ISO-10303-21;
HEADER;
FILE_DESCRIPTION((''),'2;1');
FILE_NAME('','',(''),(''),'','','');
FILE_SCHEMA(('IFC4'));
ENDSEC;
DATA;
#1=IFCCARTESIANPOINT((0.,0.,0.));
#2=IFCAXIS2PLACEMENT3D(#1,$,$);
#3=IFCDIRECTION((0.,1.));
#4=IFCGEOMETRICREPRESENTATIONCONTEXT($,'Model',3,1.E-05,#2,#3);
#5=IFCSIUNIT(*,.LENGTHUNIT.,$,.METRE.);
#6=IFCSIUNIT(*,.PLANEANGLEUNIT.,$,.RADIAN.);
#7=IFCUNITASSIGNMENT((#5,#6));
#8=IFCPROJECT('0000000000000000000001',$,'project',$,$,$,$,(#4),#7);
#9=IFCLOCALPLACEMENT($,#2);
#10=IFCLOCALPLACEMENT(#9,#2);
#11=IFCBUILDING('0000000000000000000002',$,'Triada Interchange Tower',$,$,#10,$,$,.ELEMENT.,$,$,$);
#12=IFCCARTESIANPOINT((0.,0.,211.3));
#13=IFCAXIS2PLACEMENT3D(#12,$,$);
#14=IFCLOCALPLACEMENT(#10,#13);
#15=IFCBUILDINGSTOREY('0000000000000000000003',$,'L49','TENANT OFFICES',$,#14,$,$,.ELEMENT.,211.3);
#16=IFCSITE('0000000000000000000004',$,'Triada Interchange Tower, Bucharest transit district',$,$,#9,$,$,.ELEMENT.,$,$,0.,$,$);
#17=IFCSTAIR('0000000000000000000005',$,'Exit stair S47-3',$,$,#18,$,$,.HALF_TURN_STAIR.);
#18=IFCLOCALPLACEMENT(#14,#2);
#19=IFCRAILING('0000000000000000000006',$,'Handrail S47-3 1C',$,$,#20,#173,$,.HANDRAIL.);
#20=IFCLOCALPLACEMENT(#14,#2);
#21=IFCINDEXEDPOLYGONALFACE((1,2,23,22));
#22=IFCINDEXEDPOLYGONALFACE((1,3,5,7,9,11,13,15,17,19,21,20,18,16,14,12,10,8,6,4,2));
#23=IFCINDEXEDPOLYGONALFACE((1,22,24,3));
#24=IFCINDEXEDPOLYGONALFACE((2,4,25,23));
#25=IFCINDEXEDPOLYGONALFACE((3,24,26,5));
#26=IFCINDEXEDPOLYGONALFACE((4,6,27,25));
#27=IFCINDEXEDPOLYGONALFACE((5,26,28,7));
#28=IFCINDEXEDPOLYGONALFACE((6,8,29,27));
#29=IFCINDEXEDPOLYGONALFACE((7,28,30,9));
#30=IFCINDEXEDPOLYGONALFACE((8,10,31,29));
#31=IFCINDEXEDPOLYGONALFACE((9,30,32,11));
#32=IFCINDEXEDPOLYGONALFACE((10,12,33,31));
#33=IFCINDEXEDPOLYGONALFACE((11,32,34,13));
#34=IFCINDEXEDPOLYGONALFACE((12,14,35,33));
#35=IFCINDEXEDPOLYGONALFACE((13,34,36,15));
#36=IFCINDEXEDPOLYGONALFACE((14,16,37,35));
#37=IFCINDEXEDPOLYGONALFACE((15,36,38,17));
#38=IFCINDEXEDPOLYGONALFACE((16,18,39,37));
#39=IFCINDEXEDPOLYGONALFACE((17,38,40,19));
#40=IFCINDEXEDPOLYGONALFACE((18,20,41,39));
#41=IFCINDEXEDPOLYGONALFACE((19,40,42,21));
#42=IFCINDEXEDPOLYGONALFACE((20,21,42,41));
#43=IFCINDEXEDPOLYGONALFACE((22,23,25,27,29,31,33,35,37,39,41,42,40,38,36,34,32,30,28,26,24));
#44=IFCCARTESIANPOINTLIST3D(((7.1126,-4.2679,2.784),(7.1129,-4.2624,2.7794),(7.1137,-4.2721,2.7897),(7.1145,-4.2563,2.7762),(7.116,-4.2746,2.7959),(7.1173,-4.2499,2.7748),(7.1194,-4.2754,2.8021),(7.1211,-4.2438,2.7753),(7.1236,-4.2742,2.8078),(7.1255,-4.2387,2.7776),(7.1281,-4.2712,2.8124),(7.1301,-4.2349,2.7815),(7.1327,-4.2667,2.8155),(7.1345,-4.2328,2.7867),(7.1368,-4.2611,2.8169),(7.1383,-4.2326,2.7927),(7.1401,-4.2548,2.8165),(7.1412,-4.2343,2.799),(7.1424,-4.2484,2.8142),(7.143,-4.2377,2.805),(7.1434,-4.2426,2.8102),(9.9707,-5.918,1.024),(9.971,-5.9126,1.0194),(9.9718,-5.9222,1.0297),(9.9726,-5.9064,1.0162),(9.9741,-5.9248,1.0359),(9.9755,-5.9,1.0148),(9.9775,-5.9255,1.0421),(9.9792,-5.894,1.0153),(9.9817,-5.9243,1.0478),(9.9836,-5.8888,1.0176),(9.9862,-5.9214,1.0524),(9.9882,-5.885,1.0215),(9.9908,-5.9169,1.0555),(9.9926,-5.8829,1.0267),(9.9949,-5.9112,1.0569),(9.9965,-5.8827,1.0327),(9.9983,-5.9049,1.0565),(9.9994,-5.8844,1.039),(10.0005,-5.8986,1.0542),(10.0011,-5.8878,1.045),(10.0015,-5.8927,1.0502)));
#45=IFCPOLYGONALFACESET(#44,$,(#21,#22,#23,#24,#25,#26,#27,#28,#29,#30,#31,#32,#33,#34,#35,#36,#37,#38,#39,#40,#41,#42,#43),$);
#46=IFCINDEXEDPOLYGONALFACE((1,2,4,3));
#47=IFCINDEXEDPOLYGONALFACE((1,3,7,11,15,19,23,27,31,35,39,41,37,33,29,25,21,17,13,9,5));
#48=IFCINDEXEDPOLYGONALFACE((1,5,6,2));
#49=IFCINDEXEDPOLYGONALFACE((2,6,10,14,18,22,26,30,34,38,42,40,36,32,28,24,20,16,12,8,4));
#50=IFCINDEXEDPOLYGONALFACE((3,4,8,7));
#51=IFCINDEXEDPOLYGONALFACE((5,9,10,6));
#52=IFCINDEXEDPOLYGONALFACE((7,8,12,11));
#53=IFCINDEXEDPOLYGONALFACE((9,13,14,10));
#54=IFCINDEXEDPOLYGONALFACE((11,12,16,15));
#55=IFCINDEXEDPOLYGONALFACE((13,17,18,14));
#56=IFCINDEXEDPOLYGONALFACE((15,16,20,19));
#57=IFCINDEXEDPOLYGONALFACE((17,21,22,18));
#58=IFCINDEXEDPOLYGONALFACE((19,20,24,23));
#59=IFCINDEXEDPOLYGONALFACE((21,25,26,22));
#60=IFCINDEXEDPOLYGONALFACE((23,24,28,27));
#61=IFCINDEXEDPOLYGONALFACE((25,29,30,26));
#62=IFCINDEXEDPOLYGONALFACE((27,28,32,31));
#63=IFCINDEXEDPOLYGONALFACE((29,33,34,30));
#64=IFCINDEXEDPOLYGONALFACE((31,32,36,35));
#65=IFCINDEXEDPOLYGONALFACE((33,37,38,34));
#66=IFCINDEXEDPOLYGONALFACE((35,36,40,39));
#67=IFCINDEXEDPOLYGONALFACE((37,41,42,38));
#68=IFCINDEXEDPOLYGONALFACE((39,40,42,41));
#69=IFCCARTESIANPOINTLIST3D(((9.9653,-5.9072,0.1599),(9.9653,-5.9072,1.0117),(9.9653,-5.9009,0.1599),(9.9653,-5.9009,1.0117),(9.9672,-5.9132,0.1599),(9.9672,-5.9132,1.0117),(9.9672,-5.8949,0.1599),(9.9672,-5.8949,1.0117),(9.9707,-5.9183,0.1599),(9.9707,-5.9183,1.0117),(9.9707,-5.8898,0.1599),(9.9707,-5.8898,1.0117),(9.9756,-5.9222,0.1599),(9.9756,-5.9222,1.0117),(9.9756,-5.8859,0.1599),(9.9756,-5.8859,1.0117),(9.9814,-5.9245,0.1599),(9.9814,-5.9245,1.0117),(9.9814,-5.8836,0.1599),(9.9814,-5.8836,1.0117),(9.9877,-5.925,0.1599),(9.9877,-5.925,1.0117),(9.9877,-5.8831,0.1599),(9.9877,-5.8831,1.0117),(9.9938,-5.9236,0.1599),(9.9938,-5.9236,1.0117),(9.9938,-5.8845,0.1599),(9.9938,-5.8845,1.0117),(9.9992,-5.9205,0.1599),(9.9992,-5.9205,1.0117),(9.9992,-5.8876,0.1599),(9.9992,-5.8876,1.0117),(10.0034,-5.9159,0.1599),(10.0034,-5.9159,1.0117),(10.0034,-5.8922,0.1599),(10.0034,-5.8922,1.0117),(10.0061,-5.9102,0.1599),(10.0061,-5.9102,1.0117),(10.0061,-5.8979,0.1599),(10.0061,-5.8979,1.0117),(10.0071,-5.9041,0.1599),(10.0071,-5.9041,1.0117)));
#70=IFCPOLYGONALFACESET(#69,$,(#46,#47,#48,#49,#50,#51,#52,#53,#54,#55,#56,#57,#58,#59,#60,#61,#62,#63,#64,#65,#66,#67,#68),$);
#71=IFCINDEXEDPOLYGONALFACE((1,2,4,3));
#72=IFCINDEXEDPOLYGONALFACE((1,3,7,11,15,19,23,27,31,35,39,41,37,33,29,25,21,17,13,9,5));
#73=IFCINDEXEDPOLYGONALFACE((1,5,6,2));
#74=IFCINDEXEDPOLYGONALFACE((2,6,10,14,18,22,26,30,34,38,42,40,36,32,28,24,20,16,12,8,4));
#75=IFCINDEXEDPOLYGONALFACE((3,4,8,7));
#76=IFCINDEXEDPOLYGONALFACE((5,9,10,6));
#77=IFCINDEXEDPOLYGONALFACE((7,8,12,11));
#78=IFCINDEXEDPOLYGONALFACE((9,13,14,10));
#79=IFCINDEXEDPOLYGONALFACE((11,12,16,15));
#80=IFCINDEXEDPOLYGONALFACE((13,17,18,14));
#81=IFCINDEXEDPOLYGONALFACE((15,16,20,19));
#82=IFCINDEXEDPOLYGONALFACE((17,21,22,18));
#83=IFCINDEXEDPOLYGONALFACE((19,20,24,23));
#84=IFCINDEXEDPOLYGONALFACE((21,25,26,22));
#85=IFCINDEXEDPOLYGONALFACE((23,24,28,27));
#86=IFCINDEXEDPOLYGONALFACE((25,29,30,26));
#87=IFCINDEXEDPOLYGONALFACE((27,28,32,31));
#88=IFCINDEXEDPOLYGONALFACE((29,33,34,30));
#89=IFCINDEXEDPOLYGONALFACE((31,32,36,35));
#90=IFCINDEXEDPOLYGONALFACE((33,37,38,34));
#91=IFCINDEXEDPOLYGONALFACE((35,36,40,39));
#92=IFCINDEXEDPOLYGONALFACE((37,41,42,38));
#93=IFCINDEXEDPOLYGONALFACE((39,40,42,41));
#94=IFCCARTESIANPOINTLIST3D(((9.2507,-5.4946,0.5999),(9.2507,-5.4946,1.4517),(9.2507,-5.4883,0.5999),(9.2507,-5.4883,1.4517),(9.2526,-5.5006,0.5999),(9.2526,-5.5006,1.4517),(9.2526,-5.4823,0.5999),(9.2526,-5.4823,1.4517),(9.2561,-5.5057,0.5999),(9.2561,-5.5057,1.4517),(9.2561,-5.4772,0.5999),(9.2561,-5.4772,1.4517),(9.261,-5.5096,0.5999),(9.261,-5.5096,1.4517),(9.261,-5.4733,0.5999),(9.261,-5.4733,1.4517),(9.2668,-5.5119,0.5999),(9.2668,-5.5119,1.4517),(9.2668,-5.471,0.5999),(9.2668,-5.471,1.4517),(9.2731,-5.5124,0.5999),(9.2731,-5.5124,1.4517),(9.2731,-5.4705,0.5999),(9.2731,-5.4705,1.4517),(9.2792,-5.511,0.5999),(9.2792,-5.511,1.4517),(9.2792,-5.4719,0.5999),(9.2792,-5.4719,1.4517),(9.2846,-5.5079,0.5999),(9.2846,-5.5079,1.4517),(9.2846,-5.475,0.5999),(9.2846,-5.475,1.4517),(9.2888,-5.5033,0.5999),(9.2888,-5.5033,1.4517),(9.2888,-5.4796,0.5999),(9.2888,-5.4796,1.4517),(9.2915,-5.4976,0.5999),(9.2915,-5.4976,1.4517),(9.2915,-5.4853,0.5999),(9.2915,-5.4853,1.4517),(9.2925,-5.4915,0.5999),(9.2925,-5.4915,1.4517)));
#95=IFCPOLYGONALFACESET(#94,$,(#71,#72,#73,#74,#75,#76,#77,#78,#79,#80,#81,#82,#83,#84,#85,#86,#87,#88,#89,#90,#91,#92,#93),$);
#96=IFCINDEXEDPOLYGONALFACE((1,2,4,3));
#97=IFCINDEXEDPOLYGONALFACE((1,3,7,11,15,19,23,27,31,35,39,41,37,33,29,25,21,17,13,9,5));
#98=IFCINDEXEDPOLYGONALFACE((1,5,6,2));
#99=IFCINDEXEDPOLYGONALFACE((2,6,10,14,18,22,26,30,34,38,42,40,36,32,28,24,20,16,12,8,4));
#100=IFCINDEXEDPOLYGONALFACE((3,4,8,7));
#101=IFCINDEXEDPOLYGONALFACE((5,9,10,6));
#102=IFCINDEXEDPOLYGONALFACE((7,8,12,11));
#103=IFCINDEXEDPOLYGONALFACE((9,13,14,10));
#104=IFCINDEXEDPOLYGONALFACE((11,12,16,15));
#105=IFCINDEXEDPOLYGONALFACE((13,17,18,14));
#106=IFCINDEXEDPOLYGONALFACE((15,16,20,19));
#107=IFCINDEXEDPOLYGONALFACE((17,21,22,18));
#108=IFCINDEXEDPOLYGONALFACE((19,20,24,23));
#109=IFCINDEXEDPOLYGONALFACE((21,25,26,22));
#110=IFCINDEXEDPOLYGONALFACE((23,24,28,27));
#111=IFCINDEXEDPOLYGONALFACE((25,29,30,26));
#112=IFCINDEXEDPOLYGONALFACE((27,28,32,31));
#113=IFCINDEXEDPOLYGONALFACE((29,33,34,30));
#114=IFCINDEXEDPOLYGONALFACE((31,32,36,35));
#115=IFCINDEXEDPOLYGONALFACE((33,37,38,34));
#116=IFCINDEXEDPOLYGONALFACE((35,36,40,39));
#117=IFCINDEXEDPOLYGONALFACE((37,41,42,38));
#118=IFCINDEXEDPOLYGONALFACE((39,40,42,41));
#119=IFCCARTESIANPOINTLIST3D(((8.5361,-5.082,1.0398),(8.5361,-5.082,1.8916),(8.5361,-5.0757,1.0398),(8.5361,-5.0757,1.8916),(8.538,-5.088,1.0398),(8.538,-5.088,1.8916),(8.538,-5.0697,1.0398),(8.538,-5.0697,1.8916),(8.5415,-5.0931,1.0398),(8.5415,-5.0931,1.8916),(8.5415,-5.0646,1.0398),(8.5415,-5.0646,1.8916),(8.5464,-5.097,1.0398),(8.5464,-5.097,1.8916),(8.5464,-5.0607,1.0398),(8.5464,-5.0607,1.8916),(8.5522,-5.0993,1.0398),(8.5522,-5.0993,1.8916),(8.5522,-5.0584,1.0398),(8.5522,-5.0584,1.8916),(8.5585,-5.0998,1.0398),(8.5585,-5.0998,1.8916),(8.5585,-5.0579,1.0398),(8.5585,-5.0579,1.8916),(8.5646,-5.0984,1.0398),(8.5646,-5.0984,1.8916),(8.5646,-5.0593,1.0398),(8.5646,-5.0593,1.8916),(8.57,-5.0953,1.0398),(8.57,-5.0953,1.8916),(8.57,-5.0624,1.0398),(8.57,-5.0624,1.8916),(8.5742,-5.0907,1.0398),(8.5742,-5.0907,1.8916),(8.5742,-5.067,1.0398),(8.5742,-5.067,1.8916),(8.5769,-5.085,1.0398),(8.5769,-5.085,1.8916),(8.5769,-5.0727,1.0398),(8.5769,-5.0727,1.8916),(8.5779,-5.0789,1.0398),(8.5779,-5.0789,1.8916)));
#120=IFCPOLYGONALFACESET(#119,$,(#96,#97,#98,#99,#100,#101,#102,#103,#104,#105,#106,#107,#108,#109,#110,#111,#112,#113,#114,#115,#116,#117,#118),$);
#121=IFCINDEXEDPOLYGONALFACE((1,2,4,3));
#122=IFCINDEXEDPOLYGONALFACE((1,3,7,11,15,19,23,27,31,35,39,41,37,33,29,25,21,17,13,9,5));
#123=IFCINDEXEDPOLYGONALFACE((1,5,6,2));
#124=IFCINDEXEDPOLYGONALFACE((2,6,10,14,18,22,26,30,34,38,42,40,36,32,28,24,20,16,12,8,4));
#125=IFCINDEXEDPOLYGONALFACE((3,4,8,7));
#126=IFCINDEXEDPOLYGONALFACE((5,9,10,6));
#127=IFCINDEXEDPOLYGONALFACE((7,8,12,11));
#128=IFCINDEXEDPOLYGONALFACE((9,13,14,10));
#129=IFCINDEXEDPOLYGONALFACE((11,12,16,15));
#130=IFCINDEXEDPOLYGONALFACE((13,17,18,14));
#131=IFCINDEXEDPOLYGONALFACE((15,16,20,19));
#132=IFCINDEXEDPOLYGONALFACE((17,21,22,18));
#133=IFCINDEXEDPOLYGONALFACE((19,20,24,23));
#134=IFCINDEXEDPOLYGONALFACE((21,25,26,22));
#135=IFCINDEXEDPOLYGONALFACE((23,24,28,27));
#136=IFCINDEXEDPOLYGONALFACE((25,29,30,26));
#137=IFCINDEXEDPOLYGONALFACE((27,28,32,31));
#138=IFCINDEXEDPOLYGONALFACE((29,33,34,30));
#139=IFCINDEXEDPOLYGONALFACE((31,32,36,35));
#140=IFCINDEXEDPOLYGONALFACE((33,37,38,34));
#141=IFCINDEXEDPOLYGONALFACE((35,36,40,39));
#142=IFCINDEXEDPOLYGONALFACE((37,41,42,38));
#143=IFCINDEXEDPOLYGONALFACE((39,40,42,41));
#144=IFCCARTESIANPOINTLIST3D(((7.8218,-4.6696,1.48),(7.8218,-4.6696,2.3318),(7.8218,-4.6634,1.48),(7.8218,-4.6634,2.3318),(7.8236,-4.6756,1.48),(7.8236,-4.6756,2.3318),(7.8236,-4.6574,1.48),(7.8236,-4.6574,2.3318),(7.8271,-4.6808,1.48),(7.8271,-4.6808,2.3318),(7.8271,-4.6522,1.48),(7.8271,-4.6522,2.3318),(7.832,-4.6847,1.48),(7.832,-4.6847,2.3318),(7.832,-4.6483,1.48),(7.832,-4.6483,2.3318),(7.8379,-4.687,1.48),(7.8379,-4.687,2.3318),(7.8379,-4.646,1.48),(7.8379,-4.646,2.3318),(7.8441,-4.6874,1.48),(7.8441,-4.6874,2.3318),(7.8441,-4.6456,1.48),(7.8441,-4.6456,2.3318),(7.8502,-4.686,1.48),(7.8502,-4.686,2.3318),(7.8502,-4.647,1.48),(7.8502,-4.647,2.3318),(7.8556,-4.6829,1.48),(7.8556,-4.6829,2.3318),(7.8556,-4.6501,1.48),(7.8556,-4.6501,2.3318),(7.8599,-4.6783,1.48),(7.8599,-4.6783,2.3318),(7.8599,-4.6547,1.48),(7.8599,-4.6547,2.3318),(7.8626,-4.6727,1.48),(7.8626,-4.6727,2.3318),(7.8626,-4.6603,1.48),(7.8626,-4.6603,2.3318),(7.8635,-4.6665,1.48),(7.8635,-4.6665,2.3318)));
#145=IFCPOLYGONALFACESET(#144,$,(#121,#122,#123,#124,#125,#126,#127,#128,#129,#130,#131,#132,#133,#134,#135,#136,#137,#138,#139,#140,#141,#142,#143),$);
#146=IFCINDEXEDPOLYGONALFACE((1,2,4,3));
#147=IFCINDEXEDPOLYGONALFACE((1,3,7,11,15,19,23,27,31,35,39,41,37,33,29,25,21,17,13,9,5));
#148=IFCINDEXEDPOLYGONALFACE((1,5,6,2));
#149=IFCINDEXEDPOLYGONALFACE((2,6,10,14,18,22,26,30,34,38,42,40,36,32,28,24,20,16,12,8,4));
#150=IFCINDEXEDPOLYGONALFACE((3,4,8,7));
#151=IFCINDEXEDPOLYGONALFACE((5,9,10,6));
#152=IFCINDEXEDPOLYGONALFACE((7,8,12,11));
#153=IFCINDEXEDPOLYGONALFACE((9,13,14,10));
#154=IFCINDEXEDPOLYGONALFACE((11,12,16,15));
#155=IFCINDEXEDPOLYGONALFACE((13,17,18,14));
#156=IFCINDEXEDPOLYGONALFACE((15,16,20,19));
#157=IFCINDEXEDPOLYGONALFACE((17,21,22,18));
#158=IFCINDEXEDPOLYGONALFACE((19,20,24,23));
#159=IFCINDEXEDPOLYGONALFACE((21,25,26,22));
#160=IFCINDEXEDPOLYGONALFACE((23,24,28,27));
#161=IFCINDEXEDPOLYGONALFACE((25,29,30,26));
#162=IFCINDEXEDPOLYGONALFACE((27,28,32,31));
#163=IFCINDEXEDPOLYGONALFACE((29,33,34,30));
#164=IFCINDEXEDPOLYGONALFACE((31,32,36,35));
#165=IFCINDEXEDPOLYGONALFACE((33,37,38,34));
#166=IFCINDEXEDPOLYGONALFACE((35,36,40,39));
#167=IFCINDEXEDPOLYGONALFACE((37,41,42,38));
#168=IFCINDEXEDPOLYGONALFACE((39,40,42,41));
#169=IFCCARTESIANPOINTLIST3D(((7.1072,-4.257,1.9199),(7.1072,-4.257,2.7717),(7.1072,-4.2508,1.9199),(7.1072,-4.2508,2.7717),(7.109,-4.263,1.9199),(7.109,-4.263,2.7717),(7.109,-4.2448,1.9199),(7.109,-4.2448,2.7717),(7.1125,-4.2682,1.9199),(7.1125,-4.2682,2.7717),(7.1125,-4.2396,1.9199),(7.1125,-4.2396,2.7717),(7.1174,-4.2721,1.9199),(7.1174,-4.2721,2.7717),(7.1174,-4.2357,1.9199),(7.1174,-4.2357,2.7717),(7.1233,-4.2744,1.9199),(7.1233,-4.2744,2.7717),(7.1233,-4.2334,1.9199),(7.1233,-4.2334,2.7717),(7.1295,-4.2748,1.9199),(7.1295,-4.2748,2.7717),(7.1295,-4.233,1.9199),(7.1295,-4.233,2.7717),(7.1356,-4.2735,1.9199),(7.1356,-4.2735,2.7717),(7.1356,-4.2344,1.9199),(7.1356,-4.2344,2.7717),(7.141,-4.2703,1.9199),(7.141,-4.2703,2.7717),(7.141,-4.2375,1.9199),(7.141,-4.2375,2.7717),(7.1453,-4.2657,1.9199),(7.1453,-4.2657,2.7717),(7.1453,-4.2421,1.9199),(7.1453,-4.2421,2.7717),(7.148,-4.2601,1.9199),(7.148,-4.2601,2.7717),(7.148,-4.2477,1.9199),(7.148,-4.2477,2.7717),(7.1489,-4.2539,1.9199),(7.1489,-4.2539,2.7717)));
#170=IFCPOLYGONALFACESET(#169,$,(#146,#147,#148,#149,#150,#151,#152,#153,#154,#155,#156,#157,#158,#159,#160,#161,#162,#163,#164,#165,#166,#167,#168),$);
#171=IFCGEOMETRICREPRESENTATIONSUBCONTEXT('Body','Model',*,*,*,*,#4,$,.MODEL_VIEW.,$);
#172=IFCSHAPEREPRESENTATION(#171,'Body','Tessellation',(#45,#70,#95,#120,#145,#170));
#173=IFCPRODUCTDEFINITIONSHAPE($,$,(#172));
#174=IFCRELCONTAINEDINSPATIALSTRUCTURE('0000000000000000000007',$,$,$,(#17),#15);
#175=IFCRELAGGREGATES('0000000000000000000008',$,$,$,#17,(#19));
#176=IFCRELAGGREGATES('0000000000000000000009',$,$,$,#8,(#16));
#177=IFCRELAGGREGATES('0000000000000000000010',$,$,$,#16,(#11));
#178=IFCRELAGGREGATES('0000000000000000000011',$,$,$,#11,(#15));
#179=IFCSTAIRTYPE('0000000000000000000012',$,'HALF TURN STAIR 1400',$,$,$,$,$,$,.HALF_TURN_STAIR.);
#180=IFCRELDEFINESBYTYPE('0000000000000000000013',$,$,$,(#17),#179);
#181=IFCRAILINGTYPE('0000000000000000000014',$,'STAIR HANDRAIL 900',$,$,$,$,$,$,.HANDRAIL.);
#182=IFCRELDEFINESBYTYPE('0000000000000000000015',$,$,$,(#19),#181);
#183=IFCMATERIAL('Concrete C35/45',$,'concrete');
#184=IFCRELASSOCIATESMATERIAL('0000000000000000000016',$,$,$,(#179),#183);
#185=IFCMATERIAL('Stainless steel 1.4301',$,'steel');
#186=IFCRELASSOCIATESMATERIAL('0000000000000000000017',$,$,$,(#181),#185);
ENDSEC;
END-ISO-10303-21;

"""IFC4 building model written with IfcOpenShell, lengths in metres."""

from ifc_helpers import new_model, si_unit, direction, frame, origin, origin_2d, place, context, subcontext, project, spatial, circle, extrude, material, type_object, element, aggregate, save


model = new_model("IFC4")

# Units and contexts
model_context = context("Model", 3, precision=1e-05, world=origin(), true_north=direction((0.0, 1.0)))
body_context = subcontext(model_context, "Body", "Model", "MODEL_VIEW")
ifc_project = project(units=[si_unit("LENGTHUNIT", "METRE"), si_unit("PLANEANGLEUNIT", "RADIAN")], contexts=[model_context])

# Site, building, storey
site_placement = place(None, origin())
site = spatial("IfcSite", under=ifc_project, at=site_placement, Name="Triada Interchange Tower, Bucharest transit district", CompositionType="ELEMENT", RefElevation=0.0)
building_placement = place(site_placement, origin())
building = spatial("IfcBuilding", under=site, at=building_placement, Name="Triada Interchange Tower", CompositionType="ELEMENT")
storey_placement = place(building_placement, frame((0.0, 0.0, 211.3)))
storey = spatial("IfcBuildingStorey", under=building, at=storey_placement, Name="L49", Description="TENANT OFFICES", CompositionType="ELEMENT", Elevation=211.3)

# Stair, railing
ifc_material_1 = material(Name="Concrete C35/45", Category="concrete")
stair_type = type_object("IfcStairType", Name="HALF TURN STAIR 1400", PredefinedType="HALF_TURN_STAIR", material=ifc_material_1)
stair_placement = place(storey_placement, origin())
stair = element("IfcStair", 1, at=stair_placement, inside=storey, type_object=stair_type, Name="Exit stair S47-3", PredefinedType="HALF_TURN_STAIR")
ifc_material_2 = material(Name="Stainless steel 1.4301", Category="steel")
railing_type = type_object("IfcRailingType", Name="STAIR HANDRAIL 900", PredefinedType="HANDRAIL", material=ifc_material_2)
railing_1_placement = place(storey_placement, frame((9.9861, -5.9041, 0.1599)))
railing_1 = element("IfcRailing", 2, at=railing_1_placement, type_object=railing_type, Name="Handrail S47-3 1C", PredefinedType="HANDRAIL", context=body_context, shape_type="SweptSolid", body=[
    extrude(circle(Radius=0.0239, at=origin_2d()), frame((0.0, 0.0, 0.876), z_axis=(-0.764156, 0.441183, 0.470556), x_axis=(-0.499998, -0.866027, 0.0)), (0.0, 0.0, 1.0), 3.7402),
    extrude(circle(Radius=0.021, at=origin_2d()), origin(), (0.0, 0.0, 1.0), 0.8518),
    extrude(circle(Radius=0.021, at=origin_2d()), frame((-0.7146, 0.4126, 0.4399)), (0.0, 0.0, 1.0), 0.8518),
    extrude(circle(Radius=0.021, at=origin_2d()), frame((-1.4292, 0.8252, 0.8799)), (0.0, 0.0, 1.0), 0.8518),
    extrude(circle(Radius=0.021, at=origin_2d()), frame((-2.1436, 1.2375, 1.3201)), (0.0, 0.0, 1.0), 0.8518),
    extrude(circle(Radius=0.021, at=origin_2d()), frame((-2.8582, 1.6501, 1.76)), (0.0, 0.0, 1.0), 0.8518),
])
aggregate(stair, [railing_1])

save(model, "model.ifc")
